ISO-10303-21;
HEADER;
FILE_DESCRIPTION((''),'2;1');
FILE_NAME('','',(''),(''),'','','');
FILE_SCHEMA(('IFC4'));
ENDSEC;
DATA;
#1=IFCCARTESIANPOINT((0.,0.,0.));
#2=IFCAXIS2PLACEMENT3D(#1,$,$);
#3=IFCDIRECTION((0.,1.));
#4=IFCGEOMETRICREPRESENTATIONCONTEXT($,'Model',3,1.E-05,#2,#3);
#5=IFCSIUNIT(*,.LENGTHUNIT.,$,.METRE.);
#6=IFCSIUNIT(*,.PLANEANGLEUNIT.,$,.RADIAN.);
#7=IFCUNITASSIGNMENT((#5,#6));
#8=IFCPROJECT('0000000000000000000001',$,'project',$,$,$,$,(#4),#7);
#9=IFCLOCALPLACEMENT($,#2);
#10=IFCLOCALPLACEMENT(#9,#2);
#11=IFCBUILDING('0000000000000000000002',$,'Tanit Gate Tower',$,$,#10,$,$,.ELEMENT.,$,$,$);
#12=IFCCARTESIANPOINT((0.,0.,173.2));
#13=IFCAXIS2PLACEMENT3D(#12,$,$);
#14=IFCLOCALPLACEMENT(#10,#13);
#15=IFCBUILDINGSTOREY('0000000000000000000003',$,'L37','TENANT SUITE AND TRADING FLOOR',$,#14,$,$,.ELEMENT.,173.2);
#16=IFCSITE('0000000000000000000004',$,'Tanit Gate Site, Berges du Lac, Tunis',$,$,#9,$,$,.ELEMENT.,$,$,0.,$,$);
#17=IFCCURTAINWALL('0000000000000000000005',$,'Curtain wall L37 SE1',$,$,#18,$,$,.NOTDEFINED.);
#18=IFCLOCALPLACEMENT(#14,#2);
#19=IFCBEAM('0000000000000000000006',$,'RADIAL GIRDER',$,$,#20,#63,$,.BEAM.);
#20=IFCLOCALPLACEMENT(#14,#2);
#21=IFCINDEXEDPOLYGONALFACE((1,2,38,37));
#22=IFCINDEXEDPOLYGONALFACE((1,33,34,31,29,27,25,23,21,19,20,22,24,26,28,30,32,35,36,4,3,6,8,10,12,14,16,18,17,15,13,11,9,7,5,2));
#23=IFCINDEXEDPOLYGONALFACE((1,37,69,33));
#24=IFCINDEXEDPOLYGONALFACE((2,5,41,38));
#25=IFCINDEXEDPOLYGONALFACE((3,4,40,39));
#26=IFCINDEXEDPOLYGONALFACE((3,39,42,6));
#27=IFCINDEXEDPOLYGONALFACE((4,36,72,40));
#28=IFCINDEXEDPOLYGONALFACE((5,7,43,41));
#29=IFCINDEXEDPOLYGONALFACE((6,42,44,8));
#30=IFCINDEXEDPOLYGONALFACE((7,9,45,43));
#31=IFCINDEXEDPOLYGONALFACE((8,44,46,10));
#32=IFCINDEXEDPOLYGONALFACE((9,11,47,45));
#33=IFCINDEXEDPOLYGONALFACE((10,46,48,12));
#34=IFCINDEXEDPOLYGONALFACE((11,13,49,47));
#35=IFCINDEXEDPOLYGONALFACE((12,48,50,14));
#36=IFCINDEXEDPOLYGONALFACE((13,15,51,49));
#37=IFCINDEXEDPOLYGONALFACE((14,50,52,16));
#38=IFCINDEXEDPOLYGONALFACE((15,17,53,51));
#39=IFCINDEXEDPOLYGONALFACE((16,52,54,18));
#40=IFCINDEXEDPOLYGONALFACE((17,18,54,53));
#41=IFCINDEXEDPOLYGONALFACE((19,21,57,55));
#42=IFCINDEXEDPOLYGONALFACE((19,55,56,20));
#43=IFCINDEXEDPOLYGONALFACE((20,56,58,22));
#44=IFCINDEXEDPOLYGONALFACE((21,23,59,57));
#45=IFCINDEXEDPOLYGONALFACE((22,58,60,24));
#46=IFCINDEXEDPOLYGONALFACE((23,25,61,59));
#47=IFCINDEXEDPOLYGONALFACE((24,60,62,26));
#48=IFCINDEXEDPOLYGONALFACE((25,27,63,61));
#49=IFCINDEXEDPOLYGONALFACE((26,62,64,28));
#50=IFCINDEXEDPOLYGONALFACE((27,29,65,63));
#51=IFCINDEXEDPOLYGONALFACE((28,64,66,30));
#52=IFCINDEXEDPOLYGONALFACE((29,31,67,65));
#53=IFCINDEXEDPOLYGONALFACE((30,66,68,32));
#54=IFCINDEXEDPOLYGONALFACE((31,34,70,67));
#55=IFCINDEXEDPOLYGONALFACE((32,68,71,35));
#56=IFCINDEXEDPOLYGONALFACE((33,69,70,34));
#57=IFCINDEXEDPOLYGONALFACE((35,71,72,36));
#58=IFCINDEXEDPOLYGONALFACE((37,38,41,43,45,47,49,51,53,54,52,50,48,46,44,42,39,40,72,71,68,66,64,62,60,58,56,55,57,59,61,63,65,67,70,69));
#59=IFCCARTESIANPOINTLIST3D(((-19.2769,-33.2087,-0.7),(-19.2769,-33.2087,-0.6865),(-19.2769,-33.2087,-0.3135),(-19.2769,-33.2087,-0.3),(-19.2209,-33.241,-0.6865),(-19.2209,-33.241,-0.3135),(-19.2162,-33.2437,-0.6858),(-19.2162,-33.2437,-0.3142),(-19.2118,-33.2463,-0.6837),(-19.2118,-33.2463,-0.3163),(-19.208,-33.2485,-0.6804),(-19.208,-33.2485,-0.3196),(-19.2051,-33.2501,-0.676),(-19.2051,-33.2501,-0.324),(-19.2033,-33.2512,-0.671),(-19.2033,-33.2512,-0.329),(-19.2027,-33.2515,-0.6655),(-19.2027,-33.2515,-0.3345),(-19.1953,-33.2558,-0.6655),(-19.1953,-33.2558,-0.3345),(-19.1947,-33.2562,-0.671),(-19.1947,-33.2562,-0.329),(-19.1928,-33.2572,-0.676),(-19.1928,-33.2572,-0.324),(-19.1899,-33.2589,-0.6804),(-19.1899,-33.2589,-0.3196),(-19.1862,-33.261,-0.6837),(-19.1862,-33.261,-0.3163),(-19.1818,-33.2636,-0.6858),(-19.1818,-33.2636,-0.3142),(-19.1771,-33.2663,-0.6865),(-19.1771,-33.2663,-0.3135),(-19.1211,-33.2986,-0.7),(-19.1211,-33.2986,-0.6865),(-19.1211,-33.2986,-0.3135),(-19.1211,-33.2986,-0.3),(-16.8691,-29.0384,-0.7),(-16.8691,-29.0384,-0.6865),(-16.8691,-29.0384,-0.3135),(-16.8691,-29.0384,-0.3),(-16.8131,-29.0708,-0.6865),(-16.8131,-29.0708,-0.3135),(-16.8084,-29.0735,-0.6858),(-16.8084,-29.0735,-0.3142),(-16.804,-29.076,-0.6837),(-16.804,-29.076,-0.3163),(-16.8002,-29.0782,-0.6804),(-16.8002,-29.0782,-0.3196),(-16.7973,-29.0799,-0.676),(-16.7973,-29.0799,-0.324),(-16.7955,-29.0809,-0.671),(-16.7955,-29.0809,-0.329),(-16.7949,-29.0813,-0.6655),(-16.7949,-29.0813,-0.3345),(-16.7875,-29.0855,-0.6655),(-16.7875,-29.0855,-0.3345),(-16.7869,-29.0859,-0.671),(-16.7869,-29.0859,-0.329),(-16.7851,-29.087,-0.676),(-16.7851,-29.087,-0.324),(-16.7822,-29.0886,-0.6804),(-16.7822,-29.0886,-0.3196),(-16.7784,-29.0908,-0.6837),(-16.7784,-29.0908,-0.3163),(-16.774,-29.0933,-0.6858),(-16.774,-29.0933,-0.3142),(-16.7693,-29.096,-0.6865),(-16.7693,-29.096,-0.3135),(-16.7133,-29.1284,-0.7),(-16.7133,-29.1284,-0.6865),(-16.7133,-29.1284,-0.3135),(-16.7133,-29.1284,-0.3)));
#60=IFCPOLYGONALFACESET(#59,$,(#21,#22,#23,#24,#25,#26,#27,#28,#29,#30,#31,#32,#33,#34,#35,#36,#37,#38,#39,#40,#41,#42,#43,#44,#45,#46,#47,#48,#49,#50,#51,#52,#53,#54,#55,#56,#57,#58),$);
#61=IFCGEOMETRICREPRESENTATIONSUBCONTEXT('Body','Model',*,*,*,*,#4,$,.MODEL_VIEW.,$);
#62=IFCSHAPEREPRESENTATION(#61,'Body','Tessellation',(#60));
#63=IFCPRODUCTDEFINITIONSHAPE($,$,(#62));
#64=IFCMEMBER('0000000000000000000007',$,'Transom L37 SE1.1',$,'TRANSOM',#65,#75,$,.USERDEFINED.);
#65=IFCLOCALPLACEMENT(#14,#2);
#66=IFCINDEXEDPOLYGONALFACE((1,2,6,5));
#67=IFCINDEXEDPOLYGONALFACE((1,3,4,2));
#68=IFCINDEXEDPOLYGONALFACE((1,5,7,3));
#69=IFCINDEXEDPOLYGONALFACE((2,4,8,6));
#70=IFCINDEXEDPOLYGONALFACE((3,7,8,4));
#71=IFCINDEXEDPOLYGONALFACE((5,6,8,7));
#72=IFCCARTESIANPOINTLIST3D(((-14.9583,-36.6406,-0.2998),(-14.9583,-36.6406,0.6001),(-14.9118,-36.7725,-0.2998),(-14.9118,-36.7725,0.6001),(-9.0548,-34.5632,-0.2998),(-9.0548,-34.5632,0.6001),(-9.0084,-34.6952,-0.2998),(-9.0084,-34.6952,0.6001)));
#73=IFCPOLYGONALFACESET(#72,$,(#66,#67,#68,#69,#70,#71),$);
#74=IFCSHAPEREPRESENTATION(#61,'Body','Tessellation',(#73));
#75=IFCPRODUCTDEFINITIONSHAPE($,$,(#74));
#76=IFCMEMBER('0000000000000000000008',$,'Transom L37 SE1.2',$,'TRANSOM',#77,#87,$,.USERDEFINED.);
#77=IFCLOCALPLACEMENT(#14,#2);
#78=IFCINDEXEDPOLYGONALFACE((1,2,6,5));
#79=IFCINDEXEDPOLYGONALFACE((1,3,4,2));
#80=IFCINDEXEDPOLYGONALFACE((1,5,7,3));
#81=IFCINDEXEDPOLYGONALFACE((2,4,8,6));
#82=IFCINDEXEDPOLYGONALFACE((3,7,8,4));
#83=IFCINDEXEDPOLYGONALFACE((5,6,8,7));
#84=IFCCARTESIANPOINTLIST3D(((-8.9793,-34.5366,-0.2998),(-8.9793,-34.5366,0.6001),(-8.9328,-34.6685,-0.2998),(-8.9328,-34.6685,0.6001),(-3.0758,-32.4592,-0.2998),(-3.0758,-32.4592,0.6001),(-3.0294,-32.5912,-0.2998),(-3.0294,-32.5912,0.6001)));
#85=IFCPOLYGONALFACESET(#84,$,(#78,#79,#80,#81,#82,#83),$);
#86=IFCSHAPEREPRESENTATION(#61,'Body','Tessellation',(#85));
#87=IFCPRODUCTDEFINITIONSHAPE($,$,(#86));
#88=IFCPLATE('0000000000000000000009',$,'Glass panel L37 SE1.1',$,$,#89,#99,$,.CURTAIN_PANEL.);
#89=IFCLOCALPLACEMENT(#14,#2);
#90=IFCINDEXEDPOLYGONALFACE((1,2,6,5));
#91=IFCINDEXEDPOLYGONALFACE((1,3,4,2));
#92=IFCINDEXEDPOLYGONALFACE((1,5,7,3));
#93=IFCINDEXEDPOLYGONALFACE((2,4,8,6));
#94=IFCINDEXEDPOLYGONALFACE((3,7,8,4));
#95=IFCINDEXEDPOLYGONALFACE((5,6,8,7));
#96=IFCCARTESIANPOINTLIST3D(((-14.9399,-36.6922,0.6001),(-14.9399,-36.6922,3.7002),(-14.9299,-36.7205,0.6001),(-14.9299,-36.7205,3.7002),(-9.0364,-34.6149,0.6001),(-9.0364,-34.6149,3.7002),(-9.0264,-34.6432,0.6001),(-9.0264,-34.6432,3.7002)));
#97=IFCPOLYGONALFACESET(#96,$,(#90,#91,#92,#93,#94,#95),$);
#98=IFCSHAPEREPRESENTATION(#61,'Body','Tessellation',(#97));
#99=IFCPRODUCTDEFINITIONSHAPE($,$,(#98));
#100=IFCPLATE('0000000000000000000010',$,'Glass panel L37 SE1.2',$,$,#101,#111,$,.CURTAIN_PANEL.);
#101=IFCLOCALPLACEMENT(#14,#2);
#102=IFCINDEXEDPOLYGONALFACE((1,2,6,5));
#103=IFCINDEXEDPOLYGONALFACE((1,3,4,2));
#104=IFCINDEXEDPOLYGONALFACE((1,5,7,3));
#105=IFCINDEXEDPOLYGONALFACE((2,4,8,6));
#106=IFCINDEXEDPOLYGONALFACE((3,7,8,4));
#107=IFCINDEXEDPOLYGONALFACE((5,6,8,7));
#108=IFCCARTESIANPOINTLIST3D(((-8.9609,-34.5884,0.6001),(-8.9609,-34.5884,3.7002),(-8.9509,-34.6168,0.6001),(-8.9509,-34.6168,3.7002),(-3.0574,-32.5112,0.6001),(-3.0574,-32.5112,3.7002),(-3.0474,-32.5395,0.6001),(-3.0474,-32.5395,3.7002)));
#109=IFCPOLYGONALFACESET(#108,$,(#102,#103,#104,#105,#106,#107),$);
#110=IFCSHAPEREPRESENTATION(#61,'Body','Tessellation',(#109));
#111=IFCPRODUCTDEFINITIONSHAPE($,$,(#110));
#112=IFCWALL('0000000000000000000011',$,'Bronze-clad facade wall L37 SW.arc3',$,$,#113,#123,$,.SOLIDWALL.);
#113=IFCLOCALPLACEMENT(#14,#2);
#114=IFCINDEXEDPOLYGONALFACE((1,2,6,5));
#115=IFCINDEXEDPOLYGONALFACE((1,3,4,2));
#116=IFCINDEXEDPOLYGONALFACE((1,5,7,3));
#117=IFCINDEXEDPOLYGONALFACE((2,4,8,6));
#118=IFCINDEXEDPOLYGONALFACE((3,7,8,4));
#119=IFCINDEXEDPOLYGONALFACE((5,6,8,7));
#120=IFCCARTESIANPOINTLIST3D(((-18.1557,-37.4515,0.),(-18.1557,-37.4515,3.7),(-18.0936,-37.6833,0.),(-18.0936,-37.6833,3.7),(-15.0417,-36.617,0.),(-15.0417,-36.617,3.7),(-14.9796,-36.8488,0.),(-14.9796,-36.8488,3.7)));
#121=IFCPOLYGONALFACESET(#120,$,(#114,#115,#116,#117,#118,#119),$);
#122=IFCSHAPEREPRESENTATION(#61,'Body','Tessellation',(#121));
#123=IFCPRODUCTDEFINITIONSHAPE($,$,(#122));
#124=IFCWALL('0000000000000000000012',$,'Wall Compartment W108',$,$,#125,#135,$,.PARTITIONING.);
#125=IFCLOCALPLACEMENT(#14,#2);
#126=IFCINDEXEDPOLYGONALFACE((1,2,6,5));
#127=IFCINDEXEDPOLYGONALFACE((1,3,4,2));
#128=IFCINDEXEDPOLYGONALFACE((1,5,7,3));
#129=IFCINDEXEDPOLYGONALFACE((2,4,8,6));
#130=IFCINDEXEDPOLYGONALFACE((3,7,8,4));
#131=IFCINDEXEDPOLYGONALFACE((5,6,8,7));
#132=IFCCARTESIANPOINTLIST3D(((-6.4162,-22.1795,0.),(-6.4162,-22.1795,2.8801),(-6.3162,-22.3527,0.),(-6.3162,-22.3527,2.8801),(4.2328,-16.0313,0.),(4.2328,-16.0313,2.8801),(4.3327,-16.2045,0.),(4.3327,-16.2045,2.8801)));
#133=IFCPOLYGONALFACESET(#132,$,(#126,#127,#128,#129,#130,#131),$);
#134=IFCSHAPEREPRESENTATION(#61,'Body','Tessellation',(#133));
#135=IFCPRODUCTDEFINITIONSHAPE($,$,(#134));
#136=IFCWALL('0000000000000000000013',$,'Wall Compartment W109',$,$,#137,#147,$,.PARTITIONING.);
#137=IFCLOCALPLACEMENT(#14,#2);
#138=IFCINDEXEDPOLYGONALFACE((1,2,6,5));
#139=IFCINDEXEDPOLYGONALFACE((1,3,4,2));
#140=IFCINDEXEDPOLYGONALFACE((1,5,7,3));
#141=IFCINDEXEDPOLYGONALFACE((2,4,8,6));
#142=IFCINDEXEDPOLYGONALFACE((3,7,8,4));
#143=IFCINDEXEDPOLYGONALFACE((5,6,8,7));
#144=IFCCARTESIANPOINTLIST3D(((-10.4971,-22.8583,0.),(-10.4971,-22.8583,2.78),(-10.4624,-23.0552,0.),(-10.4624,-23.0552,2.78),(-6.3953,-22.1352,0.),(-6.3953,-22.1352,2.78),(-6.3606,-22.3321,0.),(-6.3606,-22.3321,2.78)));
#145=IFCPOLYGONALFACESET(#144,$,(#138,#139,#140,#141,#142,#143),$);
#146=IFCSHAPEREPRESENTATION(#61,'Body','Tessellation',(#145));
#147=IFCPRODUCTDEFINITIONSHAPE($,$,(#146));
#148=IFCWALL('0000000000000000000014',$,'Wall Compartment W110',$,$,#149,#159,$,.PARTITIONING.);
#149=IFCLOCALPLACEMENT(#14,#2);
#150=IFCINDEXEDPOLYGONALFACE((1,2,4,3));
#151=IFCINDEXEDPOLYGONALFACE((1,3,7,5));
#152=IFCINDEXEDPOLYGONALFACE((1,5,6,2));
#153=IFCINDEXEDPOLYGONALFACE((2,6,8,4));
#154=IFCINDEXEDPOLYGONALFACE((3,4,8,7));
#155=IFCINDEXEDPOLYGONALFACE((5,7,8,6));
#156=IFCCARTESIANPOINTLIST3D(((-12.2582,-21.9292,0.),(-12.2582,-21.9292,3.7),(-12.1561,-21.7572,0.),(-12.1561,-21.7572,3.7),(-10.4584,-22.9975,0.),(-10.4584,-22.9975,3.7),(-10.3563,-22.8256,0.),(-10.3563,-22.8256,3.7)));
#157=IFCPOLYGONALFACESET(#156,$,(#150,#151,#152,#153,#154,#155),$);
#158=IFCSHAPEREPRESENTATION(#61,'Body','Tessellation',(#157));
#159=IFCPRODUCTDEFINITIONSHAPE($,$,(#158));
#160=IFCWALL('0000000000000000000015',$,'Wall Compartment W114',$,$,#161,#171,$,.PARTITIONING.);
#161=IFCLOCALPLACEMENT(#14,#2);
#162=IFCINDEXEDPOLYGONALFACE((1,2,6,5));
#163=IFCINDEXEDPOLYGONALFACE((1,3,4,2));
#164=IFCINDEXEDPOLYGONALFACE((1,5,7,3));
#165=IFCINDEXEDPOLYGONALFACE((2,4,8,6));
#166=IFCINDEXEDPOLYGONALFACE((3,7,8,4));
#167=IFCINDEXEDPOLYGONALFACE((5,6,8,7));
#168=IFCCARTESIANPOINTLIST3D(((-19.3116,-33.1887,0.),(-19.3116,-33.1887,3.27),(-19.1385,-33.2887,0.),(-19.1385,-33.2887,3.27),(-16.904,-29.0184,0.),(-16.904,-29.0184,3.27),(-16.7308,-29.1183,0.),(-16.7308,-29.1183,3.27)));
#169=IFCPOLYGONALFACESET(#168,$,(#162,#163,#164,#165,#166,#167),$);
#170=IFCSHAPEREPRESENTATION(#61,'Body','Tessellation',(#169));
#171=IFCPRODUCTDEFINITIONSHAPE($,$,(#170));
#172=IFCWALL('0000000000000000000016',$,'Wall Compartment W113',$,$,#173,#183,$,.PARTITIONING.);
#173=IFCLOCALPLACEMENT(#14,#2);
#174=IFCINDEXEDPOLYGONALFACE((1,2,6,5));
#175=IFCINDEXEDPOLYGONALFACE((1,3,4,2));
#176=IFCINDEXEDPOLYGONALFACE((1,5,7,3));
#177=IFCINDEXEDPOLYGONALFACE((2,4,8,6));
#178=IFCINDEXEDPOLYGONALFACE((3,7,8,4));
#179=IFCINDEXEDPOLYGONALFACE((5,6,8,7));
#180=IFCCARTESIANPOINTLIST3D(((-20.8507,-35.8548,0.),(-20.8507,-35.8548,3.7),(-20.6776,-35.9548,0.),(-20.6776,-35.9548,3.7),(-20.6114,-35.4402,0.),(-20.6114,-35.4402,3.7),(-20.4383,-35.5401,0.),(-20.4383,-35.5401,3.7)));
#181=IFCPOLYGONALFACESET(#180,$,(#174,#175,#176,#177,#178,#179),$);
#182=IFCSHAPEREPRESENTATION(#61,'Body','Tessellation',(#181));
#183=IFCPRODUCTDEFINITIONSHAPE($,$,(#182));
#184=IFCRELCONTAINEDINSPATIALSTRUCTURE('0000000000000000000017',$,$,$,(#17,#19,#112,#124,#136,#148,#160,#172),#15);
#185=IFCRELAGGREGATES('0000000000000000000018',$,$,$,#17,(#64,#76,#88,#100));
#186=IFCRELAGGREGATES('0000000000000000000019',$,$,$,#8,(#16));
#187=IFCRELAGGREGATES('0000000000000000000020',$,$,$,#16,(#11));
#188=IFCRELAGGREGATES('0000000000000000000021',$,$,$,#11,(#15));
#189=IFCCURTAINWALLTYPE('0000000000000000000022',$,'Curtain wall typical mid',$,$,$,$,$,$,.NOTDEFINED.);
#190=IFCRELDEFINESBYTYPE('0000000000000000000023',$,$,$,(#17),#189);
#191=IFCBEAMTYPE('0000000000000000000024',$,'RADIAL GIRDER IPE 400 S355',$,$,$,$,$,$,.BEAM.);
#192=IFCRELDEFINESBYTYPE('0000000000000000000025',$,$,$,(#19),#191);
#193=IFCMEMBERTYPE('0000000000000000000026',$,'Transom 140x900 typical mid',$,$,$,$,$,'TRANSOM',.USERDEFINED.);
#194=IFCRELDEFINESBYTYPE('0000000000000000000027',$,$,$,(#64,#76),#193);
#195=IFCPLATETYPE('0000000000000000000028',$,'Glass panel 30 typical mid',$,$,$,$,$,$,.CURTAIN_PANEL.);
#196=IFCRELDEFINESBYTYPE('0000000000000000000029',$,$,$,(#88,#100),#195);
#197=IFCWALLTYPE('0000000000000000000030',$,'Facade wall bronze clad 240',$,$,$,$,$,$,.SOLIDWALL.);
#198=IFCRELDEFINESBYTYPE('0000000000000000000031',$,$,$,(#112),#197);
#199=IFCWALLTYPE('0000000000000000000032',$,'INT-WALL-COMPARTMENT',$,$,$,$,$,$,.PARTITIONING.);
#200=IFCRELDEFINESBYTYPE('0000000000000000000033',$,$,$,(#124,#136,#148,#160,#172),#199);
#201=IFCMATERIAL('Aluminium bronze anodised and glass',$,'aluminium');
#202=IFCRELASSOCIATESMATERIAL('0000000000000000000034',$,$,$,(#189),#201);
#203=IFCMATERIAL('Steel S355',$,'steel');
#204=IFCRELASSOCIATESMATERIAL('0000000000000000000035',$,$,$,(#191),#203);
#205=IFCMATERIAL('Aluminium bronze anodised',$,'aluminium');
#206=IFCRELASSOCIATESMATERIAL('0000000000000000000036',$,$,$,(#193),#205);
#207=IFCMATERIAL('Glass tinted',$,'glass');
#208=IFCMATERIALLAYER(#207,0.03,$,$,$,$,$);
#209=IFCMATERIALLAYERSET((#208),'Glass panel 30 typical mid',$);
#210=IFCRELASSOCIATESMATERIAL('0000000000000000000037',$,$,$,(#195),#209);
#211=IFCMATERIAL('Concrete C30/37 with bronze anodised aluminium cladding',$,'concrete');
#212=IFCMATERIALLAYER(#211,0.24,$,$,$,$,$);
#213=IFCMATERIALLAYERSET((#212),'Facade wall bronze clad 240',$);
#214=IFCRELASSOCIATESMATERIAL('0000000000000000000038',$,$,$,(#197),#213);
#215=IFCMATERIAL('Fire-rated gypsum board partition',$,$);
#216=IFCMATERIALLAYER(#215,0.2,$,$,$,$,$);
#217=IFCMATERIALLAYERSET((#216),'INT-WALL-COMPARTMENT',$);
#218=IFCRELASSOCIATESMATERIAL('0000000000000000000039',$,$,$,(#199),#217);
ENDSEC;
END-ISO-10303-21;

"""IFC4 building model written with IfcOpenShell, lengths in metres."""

from ifc_helpers import new_model, si_unit, direction, frame, frame_2d, origin, origin_2d, place, context, subcontext, project, spatial, rectangle, i_section, extrude, material, layer, layer_set, material_profile, profile_set, type_object, element, aggregate, save


model = new_model("IFC4")

# Units and contexts
model_context = context("Model", 3, precision=1e-05, world=origin(), true_north=direction((0.0, 1.0)))
body_context = subcontext(model_context, "Body", "Model", "MODEL_VIEW")
ifc_project = project(units=[si_unit("LENGTHUNIT", "METRE"), si_unit("PLANEANGLEUNIT", "RADIAN")], contexts=[model_context])

# Site, building, storey
site_placement = place(None, origin())
site = spatial("IfcSite", under=ifc_project, at=site_placement, Name="Tanit Gate Site, Berges du Lac, Tunis", CompositionType="ELEMENT", RefElevation=0.0)
building_placement = place(site_placement, origin())
building = spatial("IfcBuilding", under=site, at=building_placement, Name="Tanit Gate Tower", CompositionType="ELEMENT")
storey_placement = place(building_placement, frame((0.0, 0.0, 173.2)))
storey = spatial("IfcBuildingStorey", under=building, at=storey_placement, Name="L37", Description="TENANT SUITE AND TRADING FLOOR", CompositionType="ELEMENT", Elevation=173.2)

# Curtain wall
ifc_material_1 = material(Name="Aluminium bronze anodised and glass", Category="aluminium")
curtain_wall_type = type_object("IfcCurtainWallType", Name="Curtain wall typical mid", PredefinedType="NOTDEFINED", material=ifc_material_1)
curtain_wall_placement = place(storey_placement, origin())
curtain_wall = element("IfcCurtainWall", 1, at=curtain_wall_placement, inside=storey, type_object=curtain_wall_type, Name="Curtain wall L37 SE1", PredefinedType="NOTDEFINED")

# Beam
ifc_material_2 = material(Name="Steel S355", Category="steel")
ifc_material_profile_1 = material_profile(ifc_material_2, i_section(OverallWidth=0.1799, OverallDepth=0.3999, WebThickness=0.0085, FlangeThickness=0.0134, FilletRadius=0.021, at=origin_2d()), Name="IPE 400")
ifc_profile_set_1 = profile_set([ifc_material_profile_1], Name="Steel S355")
beam_type_1 = type_object("IfcBeamType", Name="RADIAL GIRDER IPE 400 S355", PredefinedType="BEAM", material=ifc_profile_set_1)
beam_1_placement = place(storey_placement, frame((-19.199, -33.2537, -0.5), z_axis=(0.500011, 0.866019, 0.0), x_axis=(-0.866019, 0.500011, 0.0)))
element("IfcBeam", 2, at=beam_1_placement, inside=storey, type_object=beam_type_1, Name="RADIAL GIRDER", PredefinedType="BEAM", context=body_context, shape_type="SweptSolid", body=[
    extrude(i_section(OverallWidth=0.1799, OverallDepth=0.3999, WebThickness=0.0085, FlangeThickness=0.0134, FilletRadius=0.021, at=origin_2d()), origin(), (0.0, 0.0, 1.0), 4.8154),
])

# Members
ifc_material_3 = material(Name="Aluminium bronze anodised", Category="aluminium")
ifc_material_profile_2 = material_profile(ifc_material_3, rectangle(XDim=0.1399, YDim=0.8999, at=origin_2d()), Name="140x900 bronze transom")
ifc_profile_set_2 = profile_set([ifc_material_profile_2], Name="Aluminium bronze anodised")
member_type_1 = type_object("IfcMemberType", Name="Transom 140x900 typical mid", ElementType="TRANSOM", PredefinedType="USERDEFINED", material=ifc_profile_set_2)
member_1_placement = place(storey_placement, frame((-14.9351, -36.7065, 0.1501), z_axis=(0.943302, 0.331936, 0.0), x_axis=(-0.331936, 0.943302, 0.0)))
member_1 = element("IfcMember", 3, at=member_1_placement, type_object=member_type_1, Name="Transom L37 SE1.1", ObjectType="TRANSOM", PredefinedType="USERDEFINED", context=body_context, shape_type="SweptSolid", body=[
    extrude(rectangle(XDim=0.1399, YDim=0.8999, at=origin_2d()), origin(), (0.0, 0.0, 1.0), 6.2583),
])
member_2_placement = place(storey_placement, frame((-8.9561, -34.6025, 0.1501), z_axis=(0.943302, 0.331936, 0.0), x_axis=(-0.331936, 0.943302, 0.0)))
member_2 = element("IfcMember", 4, at=member_2_placement, type_object=member_type_1, Name="Transom L37 SE1.2", ObjectType="TRANSOM", PredefinedType="USERDEFINED", context=body_context, shape_type="SweptSolid", body=[
    extrude(rectangle(XDim=0.1399, YDim=0.8999, at=origin_2d()), origin(), (0.0, 0.0, 1.0), 6.2583),
])

# Plates
ifc_material_4 = material(Name="Glass tinted", Category="glass")
ifc_layer_1 = layer(ifc_material_4, 0.03)
ifc_layer_set_1 = layer_set([ifc_layer_1], Name="Glass panel 30 typical mid")
plate_type = type_object("IfcPlateType", Name="Glass panel 30 typical mid", PredefinedType="CURTAIN_PANEL", material=ifc_layer_set_1)
plate_1_placement = place(storey_placement, frame((-11.9832, -35.6677, 0.6001), z_axis=(0.0, 0.0, 1.0), x_axis=(0.943305, 0.331926, 0.0)))
plate_1 = element("IfcPlate", 5, at=plate_1_placement, type_object=plate_type, Name="Glass panel L37 SE1.1", PredefinedType="CURTAIN_PANEL", context=body_context, shape_type="SweptSolid", body=[
    extrude(rectangle(XDim=6.2583, YDim=0.03, at=origin_2d()), origin(), (0.0, 0.0, 1.0), 3.1001),
])
plate_2_placement = place(storey_placement, frame((-6.0042, -33.564, 0.6001), z_axis=(0.0, 0.0, 1.0), x_axis=(0.943305, 0.331926, 0.0)))
plate_2 = element("IfcPlate", 6, at=plate_2_placement, type_object=plate_type, Name="Glass panel L37 SE1.2", PredefinedType="CURTAIN_PANEL", context=body_context, shape_type="SweptSolid", body=[
    extrude(rectangle(XDim=6.2583, YDim=0.03, at=origin_2d()), origin(), (0.0, 0.0, 1.0), 3.1001),
])
aggregate(curtain_wall, [member_1, member_2, plate_1, plate_2])

# Walls
ifc_material_5 = material(Name="Concrete C30/37 with bronze anodised aluminium cladding", Category="concrete")
ifc_layer_2 = layer(ifc_material_5, 0.24)
ifc_layer_set_2 = layer_set([ifc_layer_2], Name="Facade wall bronze clad 240")
wall_type_1 = type_object("IfcWallType", Name="Facade wall bronze clad 240", PredefinedType="SOLIDWALL", material=ifc_layer_set_2)
wall_1_placement = place(storey_placement, frame((-18.1245, -37.5674, 0.0), z_axis=(0.0, 0.0, 1.0), x_axis=(0.96592, 0.258841, 0.0)))
element("IfcWall", 7, at=wall_1_placement, inside=storey, type_object=wall_type_1, Name="Bronze-clad facade wall L37 SW.arc3", PredefinedType="SOLIDWALL", context=body_context, shape_type="SweptSolid", body=[
    extrude(rectangle(XDim=3.2239, YDim=0.24, at=frame_2d((1.6118, 0.0))), origin(), (0.0, 0.0, 1.0), 3.7),
])
ifc_material_6 = material(Name="Fire-rated gypsum board partition")
ifc_layer_3 = layer(ifc_material_6, 0.2)
ifc_layer_set_3 = layer_set([ifc_layer_3], Name="INT-WALL-COMPARTMENT")
wall_type_2 = type_object("IfcWallType", Name="INT-WALL-COMPARTMENT", PredefinedType="PARTITIONING", material=ifc_layer_set_3)
wall_2_placement = place(storey_placement, frame((-6.3662, -22.2661, 0.0), z_axis=(0.0, 0.0, 1.0), x_axis=(0.866024, 0.500002, 0.0)))
element("IfcWall", 8, at=wall_2_placement, inside=storey, type_object=wall_type_2, Name="Wall Compartment W108", PredefinedType="PARTITIONING", context=body_context, shape_type="SweptSolid", body=[
    extrude(rectangle(XDim=12.2964, YDim=0.2, at=frame_2d((6.1482, 0.0))), origin(), (0.0, 0.0, 1.0), 2.8801),
])
wall_3_placement = place(storey_placement, frame((-10.4797, -22.9568, 0.0), z_axis=(0.0, 0.0, 1.0), x_axis=(0.984812, 0.173621, 0.0)))
element("IfcWall", 9, at=wall_3_placement, inside=storey, type_object=wall_type_2, Name="Wall Compartment W109", PredefinedType="PARTITIONING", context=body_context, shape_type="SweptSolid", body=[
    extrude(rectangle(XDim=4.165, YDim=0.2, at=frame_2d((2.0825, 0.0))), origin(), (0.0, 0.0, 1.0), 2.78),
])
wall_4_placement = place(storey_placement, frame((-12.207, -21.8433, 0.0), z_axis=(0.0, 0.0, 1.0), x_axis=(0.859912, -0.510442, 0.0)))
element("IfcWall", 10, at=wall_4_placement, inside=storey, type_object=wall_type_2, Name="Wall Compartment W110", PredefinedType="PARTITIONING", context=body_context, shape_type="SweptSolid", body=[
    extrude(rectangle(XDim=2.093, YDim=0.2, at=frame_2d((1.0464, 0.0))), origin(), (0.0, 0.0, 1.0), 3.7),
])
wall_5_placement = place(storey_placement, frame((-16.8174, -29.0684, 0.0), z_axis=(0.0, 0.0, 1.0), x_axis=(-0.499989, -0.866032, 0.0)))
element("IfcWall", 11, at=wall_5_placement, inside=storey, type_object=wall_type_2, Name="Wall Compartment W114", PredefinedType="PARTITIONING", context=body_context, shape_type="SweptSolid", body=[
    extrude(rectangle(XDim=4.8154, YDim=0.2, at=frame_2d((2.4077, 0.0))), origin(), (0.0, 0.0, 1.0), 3.27),
])
wall_6_placement = place(storey_placement, frame((-20.5249, -35.4902, 0.0), z_axis=(0.0, 0.0, 1.0), x_axis=(-0.49987, -0.866101, 0.0)))
element("IfcWall", 12, at=wall_6_placement, inside=storey, type_object=wall_type_2, Name="Wall Compartment W113", PredefinedType="PARTITIONING", context=body_context, shape_type="SweptSolid", body=[
    extrude(rectangle(XDim=0.4788, YDim=0.2, at=frame_2d((0.2393, 0.0))), origin(), (0.0, 0.0, 1.0), 3.7),
])

save(model, "model.ifc")
